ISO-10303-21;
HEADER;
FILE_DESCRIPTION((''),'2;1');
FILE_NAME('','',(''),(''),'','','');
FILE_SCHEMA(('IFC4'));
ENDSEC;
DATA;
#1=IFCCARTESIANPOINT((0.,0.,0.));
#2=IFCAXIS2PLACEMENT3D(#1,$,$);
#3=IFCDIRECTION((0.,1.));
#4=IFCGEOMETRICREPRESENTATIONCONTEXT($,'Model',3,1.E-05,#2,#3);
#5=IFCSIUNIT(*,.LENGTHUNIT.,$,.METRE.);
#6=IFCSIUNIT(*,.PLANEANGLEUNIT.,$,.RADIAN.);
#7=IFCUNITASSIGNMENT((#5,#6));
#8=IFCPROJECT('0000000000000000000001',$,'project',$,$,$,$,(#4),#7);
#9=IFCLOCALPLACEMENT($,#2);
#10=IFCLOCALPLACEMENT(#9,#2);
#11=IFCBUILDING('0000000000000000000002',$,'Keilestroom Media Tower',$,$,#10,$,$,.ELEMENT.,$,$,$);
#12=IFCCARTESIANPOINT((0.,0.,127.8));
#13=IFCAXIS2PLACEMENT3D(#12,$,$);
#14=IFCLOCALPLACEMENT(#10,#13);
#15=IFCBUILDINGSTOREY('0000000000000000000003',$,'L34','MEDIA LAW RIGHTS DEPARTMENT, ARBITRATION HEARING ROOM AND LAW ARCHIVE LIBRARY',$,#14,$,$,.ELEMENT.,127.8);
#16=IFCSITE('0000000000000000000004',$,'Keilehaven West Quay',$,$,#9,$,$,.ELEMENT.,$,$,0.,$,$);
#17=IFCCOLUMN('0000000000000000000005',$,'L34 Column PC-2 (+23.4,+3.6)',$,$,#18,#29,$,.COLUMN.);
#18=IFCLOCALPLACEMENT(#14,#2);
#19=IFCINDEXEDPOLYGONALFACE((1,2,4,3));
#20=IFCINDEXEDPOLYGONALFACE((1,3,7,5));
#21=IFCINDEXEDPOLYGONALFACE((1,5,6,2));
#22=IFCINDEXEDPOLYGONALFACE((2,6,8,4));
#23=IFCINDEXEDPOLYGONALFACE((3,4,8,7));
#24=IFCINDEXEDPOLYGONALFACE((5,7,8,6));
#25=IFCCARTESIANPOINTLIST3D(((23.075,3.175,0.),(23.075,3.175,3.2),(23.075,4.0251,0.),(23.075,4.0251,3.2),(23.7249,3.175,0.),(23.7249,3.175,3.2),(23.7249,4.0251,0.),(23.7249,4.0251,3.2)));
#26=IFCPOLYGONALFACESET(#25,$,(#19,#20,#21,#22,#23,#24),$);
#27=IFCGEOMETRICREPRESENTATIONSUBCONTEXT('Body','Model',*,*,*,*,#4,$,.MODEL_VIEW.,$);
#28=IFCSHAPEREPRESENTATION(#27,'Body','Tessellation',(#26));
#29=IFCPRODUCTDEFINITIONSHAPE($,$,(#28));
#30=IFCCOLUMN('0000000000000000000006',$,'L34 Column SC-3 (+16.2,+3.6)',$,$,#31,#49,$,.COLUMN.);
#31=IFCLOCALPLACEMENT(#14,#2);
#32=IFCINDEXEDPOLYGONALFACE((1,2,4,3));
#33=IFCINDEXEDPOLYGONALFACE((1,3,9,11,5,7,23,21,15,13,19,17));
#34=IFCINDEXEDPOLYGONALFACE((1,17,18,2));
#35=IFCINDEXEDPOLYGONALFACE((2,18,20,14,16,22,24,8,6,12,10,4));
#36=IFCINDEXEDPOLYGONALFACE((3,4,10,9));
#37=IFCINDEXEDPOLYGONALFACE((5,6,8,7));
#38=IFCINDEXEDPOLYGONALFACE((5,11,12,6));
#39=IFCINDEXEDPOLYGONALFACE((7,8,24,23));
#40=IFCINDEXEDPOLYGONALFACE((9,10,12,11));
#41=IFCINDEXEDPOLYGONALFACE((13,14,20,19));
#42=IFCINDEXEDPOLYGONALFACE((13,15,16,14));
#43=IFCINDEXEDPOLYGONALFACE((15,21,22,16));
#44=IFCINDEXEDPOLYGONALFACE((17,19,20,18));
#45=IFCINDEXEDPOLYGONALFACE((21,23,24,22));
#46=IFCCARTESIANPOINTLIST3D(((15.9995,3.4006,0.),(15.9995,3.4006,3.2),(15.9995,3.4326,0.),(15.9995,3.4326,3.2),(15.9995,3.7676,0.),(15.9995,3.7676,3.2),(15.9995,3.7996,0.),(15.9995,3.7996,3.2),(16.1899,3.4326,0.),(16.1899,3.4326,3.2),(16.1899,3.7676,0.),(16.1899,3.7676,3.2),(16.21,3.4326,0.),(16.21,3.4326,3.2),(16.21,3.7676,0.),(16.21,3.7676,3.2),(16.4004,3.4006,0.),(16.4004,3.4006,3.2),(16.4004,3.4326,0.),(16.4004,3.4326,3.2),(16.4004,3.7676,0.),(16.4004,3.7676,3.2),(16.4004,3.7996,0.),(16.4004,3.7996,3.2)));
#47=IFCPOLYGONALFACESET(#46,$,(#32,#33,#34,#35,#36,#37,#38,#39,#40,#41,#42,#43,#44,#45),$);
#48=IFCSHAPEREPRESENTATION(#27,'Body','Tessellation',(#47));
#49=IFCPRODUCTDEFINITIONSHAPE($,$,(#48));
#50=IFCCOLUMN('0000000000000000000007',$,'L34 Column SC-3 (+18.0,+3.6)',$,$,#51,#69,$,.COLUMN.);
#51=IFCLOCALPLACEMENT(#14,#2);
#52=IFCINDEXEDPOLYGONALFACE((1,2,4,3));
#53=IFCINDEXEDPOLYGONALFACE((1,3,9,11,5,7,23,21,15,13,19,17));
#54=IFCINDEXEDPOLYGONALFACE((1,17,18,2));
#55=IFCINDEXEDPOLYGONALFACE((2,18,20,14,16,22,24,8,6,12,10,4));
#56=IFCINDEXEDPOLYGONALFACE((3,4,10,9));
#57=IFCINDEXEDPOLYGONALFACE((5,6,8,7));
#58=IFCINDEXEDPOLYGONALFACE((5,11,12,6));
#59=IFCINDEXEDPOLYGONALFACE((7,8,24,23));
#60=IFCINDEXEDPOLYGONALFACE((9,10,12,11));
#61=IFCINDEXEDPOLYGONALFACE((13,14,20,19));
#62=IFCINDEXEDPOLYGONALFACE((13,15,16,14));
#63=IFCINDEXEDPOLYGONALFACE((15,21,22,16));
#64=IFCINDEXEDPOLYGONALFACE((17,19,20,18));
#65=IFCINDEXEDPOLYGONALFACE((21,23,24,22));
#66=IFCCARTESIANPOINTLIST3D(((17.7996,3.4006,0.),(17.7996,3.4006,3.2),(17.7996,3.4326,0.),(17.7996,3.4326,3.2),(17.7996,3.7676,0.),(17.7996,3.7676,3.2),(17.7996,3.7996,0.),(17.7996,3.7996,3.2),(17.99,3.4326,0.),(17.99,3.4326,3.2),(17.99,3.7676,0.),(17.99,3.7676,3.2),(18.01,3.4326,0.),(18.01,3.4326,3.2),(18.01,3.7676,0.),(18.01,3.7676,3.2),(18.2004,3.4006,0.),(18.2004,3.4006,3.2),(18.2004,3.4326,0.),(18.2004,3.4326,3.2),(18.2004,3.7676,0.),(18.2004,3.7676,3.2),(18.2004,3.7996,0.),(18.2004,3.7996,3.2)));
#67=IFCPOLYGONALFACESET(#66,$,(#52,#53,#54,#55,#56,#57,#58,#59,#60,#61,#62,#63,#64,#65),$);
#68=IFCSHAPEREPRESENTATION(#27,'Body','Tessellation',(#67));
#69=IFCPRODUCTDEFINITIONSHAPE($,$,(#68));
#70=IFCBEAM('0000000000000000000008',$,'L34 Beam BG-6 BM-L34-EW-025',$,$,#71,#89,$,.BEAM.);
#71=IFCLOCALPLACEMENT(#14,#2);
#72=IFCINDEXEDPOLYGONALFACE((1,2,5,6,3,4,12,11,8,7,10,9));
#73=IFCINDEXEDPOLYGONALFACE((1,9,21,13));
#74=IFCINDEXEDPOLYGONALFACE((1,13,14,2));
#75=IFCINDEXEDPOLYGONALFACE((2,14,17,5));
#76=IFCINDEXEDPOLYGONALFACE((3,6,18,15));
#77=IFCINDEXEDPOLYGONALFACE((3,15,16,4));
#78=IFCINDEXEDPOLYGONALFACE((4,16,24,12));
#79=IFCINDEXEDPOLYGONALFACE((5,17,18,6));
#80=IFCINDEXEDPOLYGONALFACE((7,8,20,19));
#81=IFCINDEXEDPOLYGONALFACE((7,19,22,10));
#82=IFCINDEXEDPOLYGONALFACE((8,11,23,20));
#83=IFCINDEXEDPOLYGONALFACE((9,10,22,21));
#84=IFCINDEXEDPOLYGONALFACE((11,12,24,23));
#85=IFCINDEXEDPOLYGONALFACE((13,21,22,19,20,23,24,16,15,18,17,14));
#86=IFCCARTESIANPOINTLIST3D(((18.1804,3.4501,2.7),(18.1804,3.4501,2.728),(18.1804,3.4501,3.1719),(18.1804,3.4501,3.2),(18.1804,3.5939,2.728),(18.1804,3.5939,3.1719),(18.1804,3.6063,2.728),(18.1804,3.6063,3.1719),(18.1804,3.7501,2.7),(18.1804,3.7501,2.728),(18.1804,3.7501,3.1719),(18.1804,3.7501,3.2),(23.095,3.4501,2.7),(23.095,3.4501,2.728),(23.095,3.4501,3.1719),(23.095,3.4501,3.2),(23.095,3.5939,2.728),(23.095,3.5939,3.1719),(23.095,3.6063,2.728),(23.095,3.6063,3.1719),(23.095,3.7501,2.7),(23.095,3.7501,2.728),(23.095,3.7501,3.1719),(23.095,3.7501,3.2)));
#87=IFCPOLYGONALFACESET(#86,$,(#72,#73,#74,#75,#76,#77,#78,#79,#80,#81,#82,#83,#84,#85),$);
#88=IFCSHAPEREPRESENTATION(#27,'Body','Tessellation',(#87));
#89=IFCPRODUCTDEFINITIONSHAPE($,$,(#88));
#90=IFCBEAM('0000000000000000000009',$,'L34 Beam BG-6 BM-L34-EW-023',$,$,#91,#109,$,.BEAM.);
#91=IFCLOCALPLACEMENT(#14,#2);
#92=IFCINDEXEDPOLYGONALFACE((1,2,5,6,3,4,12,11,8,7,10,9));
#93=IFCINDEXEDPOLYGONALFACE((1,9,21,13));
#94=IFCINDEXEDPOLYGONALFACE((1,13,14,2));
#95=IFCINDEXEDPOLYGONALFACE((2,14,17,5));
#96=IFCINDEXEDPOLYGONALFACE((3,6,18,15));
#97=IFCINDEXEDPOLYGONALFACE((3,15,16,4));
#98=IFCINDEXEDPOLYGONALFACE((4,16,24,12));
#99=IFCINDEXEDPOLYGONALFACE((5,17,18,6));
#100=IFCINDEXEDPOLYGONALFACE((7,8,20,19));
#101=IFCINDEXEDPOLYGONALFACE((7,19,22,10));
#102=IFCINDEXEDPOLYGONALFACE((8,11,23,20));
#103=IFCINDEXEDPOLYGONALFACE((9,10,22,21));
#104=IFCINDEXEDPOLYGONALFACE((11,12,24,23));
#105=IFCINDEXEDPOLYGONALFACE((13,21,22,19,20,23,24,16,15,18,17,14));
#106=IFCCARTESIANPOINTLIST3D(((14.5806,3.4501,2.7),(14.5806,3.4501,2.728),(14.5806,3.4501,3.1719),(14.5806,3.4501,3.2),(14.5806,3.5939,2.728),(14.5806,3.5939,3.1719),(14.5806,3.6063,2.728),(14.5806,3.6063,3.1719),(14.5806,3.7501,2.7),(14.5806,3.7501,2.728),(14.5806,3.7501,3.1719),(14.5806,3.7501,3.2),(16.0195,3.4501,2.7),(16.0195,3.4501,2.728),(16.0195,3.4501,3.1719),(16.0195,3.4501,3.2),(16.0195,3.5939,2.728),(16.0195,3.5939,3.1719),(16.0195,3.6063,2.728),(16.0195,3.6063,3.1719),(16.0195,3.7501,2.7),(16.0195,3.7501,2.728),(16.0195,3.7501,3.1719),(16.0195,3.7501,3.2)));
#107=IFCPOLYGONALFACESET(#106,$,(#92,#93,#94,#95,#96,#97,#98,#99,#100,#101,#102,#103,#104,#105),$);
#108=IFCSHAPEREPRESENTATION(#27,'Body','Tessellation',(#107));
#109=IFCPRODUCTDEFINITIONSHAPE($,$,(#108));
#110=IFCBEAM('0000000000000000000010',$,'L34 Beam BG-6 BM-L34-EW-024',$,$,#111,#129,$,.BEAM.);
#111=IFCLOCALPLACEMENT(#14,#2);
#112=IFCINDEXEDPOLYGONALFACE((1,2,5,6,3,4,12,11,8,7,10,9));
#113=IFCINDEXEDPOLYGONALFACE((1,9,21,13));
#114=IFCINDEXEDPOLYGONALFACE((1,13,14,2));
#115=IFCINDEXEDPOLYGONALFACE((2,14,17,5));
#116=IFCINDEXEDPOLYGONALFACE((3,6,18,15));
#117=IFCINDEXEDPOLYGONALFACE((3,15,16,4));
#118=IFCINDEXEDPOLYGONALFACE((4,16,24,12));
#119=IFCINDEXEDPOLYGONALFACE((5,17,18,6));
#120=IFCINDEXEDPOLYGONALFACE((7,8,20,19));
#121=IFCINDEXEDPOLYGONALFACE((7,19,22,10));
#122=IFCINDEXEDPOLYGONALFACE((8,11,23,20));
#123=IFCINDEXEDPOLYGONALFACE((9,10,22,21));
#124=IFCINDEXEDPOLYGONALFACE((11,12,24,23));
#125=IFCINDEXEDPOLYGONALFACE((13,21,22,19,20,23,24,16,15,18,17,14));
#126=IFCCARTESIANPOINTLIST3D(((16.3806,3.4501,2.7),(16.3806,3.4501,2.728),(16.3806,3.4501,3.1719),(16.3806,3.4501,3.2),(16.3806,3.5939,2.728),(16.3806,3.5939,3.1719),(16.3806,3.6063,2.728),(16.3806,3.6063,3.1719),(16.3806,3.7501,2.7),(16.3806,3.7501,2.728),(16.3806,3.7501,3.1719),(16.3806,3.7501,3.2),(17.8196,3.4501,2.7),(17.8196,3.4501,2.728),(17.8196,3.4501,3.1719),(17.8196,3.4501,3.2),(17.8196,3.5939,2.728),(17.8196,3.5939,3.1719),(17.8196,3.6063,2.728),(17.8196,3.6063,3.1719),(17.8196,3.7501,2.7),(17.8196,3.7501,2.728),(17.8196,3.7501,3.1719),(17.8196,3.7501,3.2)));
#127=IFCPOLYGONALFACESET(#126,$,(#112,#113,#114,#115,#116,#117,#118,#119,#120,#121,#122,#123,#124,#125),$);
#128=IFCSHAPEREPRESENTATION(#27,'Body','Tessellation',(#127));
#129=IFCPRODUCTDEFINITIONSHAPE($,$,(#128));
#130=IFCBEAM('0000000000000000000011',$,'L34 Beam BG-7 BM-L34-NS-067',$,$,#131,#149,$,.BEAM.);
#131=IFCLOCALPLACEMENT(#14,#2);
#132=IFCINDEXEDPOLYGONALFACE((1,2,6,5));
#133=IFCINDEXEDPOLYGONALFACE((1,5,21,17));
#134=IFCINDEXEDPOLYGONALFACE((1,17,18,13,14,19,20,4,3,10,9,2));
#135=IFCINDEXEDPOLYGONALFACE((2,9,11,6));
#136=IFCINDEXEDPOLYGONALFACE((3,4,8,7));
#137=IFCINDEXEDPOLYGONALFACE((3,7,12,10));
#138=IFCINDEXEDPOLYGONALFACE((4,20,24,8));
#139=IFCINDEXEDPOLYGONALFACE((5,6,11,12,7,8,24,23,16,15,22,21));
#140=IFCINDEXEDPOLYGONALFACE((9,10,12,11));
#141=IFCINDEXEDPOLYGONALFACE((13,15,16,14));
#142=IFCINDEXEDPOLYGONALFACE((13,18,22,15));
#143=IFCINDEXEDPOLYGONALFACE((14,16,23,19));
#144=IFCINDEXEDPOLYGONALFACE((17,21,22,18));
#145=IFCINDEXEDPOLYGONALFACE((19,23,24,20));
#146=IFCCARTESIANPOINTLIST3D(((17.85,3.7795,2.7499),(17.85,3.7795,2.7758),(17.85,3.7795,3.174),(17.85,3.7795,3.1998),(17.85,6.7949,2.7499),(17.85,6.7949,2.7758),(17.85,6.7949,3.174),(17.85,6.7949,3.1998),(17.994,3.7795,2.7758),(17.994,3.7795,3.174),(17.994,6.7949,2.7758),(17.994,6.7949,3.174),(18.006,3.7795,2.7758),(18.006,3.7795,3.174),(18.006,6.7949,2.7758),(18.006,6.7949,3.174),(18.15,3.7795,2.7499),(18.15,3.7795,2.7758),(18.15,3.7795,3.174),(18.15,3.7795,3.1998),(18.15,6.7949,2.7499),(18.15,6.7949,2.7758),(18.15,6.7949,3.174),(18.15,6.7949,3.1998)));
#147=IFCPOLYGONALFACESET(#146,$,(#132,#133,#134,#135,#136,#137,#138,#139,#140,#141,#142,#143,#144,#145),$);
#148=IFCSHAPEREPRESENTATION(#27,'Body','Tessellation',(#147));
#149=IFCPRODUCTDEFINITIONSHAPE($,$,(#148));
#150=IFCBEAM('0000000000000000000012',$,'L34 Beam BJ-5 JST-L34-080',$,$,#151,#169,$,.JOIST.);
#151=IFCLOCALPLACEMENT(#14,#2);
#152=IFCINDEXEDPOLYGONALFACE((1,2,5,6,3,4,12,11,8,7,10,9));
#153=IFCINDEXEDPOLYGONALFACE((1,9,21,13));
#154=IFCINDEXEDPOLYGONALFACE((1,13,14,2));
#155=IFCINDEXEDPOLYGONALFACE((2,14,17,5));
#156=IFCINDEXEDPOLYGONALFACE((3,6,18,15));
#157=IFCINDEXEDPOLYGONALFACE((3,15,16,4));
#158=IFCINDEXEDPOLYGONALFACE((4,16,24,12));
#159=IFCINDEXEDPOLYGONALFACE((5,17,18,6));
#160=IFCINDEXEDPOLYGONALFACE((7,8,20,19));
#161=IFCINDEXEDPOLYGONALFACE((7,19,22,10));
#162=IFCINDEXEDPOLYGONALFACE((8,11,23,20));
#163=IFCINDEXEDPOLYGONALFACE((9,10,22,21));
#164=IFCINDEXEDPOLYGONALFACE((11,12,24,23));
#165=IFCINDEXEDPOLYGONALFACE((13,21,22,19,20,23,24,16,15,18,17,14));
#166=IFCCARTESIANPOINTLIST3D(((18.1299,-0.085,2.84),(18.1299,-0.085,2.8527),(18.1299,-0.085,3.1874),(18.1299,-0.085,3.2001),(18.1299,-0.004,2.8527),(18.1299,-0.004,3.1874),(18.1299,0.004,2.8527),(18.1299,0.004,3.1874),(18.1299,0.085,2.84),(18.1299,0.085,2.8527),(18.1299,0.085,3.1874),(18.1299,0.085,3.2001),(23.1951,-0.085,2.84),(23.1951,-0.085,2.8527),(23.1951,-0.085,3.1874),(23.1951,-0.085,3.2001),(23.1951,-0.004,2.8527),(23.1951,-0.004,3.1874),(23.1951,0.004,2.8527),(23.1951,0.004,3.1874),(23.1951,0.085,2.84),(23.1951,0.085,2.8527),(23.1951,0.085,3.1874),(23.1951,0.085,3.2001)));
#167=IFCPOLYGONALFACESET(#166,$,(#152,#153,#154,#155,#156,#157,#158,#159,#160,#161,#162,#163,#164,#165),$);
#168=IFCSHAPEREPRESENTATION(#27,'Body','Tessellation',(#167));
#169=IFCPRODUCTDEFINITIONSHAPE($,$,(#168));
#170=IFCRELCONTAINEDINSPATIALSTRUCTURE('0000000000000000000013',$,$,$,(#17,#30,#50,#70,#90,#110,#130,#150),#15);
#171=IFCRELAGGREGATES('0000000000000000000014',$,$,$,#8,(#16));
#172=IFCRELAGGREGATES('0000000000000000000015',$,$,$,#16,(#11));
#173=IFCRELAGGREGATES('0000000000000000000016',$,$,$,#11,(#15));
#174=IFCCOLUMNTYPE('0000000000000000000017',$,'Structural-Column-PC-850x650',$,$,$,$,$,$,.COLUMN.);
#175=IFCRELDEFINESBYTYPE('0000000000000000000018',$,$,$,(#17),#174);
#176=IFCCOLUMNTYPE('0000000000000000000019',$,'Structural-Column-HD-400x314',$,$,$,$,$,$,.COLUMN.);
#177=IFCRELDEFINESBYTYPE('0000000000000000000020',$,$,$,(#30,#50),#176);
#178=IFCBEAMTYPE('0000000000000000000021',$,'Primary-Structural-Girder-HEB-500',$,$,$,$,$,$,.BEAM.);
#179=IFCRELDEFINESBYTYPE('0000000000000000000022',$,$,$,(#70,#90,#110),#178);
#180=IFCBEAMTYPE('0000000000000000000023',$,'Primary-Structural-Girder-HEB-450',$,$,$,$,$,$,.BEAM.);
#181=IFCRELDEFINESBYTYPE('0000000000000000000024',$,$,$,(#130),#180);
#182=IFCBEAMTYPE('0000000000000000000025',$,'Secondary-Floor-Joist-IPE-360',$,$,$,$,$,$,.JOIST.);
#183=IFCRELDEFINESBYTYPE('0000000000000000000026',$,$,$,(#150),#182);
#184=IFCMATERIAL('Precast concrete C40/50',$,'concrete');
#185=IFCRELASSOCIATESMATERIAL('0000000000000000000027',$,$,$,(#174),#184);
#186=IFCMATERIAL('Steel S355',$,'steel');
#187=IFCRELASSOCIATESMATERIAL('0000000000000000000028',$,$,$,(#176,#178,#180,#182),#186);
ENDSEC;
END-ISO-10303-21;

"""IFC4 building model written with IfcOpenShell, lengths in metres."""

from ifc_helpers import new_model, si_unit, direction, frame, origin, origin_2d, place, context, subcontext, project, spatial, rectangle, i_section, extrude, source, transform, mapped, material, material_profile, profile_set, type_object, element, save


model = new_model("IFC4")

# Units and contexts
model_context = context("Model", 3, precision=1e-05, world=origin(), true_north=direction((0.0, 1.0)))
body_context = subcontext(model_context, "Body", "Model", "MODEL_VIEW")
ifc_project = project(units=[si_unit("LENGTHUNIT", "METRE"), si_unit("PLANEANGLEUNIT", "RADIAN")], contexts=[model_context])

# Site, building, storey
site_placement = place(None, origin())
site = spatial("IfcSite", under=ifc_project, at=site_placement, Name="Keilehaven West Quay", CompositionType="ELEMENT", RefElevation=0.0)
building_placement = place(site_placement, origin())
building = spatial("IfcBuilding", under=site, at=building_placement, Name="Keilestroom Media Tower", CompositionType="ELEMENT")
storey_placement = place(building_placement, frame((0.0, 0.0, 127.8)))
storey = spatial("IfcBuildingStorey", under=building, at=storey_placement, Name="L34", Description="MEDIA LAW RIGHTS DEPARTMENT, ARBITRATION HEARING ROOM AND LAW ARCHIVE LIBRARY", CompositionType="ELEMENT", Elevation=127.8)

# Columns
ifc_material_1 = material(Name="Precast concrete C40/50", Category="concrete")
ifc_material_profile_1 = material_profile(ifc_material_1, rectangle(XDim=0.6499, YDim=0.8501, at=origin_2d()), Name="PC 850x650")
ifc_profile_set_1 = profile_set([ifc_material_profile_1], Name="Precast concrete C40/50")
column_type_1 = type_object("IfcColumnType", Name="Structural-Column-PC-850x650", PredefinedType="COLUMN", material=ifc_profile_set_1)
shared_shape_1 = source(origin(), body_context, "Body", "SweptSolid", [
    extrude(rectangle(XDim=0.6499, YDim=0.8501, at=origin_2d()), origin(), (0.0, 0.0, 1.0), 3.2),
])
column_placement = place(storey_placement, frame((23.3999, 3.6001, 0.0), z_axis=(0.0, 0.0, 1.0), x_axis=(1.0, 0.0, 0.0)))
element("IfcColumn", 1, at=column_placement, inside=storey, type_object=column_type_1, Name="L34 Column PC-2 (+23.4,+3.6)", PredefinedType="COLUMN", context=body_context, shape_type="MappedRepresentation", body=[
    mapped(shared_shape_1, transform((0.0, 0.0, 0.0), x_axis=(1.0, 0.0, 0.0), y_axis=(0.0, 1.0, 0.0), z_axis=(0.0, 0.0, 1.0), scale=1.0)),
])
ifc_material_2 = material(Name="Steel S355", Category="steel")
ifc_material_profile_2 = material_profile(ifc_material_2, i_section(OverallWidth=0.4009, OverallDepth=0.3989, WebThickness=0.02, FlangeThickness=0.032, at=origin_2d()), Name="HD 400x314")
ifc_profile_set_2 = profile_set([ifc_material_profile_2], Name="Steel S355")
column_type_2 = type_object("IfcColumnType", Name="Structural-Column-HD-400x314", PredefinedType="COLUMN", material=ifc_profile_set_2)
shared_shape_2 = source(origin(), body_context, "Body", "SweptSolid", [
    extrude(i_section(OverallWidth=0.4009, OverallDepth=0.3989, WebThickness=0.02, FlangeThickness=0.032, at=origin_2d()), origin(), (0.0, 0.0, 1.0), 3.2),
])
for number, where, z_axis, x_axis, name in (
    (2, (16.2, 3.6001, 0.0), (0.0, 0.0, 1.0), (1.0, 0.0, 0.0), "L34 Column SC-3 (+16.2,+3.6)"),
    (3, (18.0, 3.6001, 0.0), (0.0, 0.0, 1.0), (1.0, 0.0, 0.0), "L34 Column SC-3 (+18.0,+3.6)"),
):
    element("IfcColumn", number, at=place(storey_placement, frame(where, z_axis=z_axis, x_axis=x_axis)), inside=storey, type_object=column_type_2, Name=name, PredefinedType="COLUMN", context=body_context, shape_type="MappedRepresentation", body=[
        mapped(shared_shape_2, transform((0.0, 0.0, 0.0), x_axis=(1.0, 0.0, 0.0), y_axis=(0.0, 1.0, 0.0), z_axis=(0.0, 0.0, 1.0), scale=1.0)),
    ])

# Beams
ifc_material_profile_3 = material_profile(ifc_material_2, i_section(OverallWidth=0.3, OverallDepth=0.5, WebThickness=0.0125, FlangeThickness=0.0281, at=origin_2d()), Name="HEB 500")
ifc_profile_set_3 = profile_set([ifc_material_profile_3], Name="Steel S355")
beam_type_1 = type_object("IfcBeamType", Name="Primary-Structural-Girder-HEB-500", PredefinedType="BEAM", material=ifc_profile_set_3)
shared_shape_3 = source(origin(), body_context, "Body", "SweptSolid", [
    extrude(i_section(OverallWidth=0.3, OverallDepth=0.5, WebThickness=0.0125, FlangeThickness=0.0281, at=origin_2d()), origin(), (0.0, 0.0, 1.0), 4.9146),
])
beam_1_placement = place(storey_placement, frame((18.1804, 3.6001, 2.95), z_axis=(1.0, 0.0, 0.0), x_axis=(0.0, 1.0, 0.0)))
element("IfcBeam", 4, at=beam_1_placement, inside=storey, type_object=beam_type_1, Name="L34 Beam BG-6 BM-L34-EW-025", PredefinedType="BEAM", context=body_context, shape_type="MappedRepresentation", body=[
    mapped(shared_shape_3, transform((0.0, 0.0, 0.0), x_axis=(1.0, 0.0, 0.0), y_axis=(0.0, 1.0, 0.0), z_axis=(0.0, 0.0, 1.0), scale=1.0)),
])
shared_shape_4 = source(origin(), body_context, "Body", "SweptSolid", [
    extrude(i_section(OverallWidth=0.3, OverallDepth=0.5, WebThickness=0.0125, FlangeThickness=0.0281, at=origin_2d()), origin(), (0.0, 0.0, 1.0), 1.439),
])
for number, where, z_axis, x_axis, name in (
    (5, (14.5806, 3.6001, 2.95), (1.0, 0.0, 0.0), (0.0, 1.0, 0.0), "L34 Beam BG-6 BM-L34-EW-023"),
    (6, (16.3806, 3.6001, 2.95), (1.0, 0.0, 0.0), (0.0, 1.0, 0.0), "L34 Beam BG-6 BM-L34-EW-024"),
):
    element("IfcBeam", number, at=place(storey_placement, frame(where, z_axis=z_axis, x_axis=x_axis)), inside=storey, type_object=beam_type_1, Name=name, PredefinedType="BEAM", context=body_context, shape_type="MappedRepresentation", body=[
        mapped(shared_shape_4, transform((0.0, 0.0, 0.0), x_axis=(1.0, 0.0, 0.0), y_axis=(0.0, 1.0, 0.0), z_axis=(0.0, 0.0, 1.0), scale=1.0)),
    ])
ifc_material_profile_4 = material_profile(ifc_material_2, i_section(OverallWidth=0.3, OverallDepth=0.45, WebThickness=0.012, FlangeThickness=0.0259, at=origin_2d()), Name="HEB 450")
ifc_profile_set_4 = profile_set([ifc_material_profile_4], Name="Steel S355")
beam_type_2 = type_object("IfcBeamType", Name="Primary-Structural-Girder-HEB-450", PredefinedType="BEAM", material=ifc_profile_set_4)
shared_shape_5 = source(origin(), body_context, "Body", "SweptSolid", [
    extrude(i_section(OverallWidth=0.3, OverallDepth=0.45, WebThickness=0.012, FlangeThickness=0.0259, at=origin_2d()), origin(), (0.0, 0.0, 1.0), 3.0154),
])
beam_2_placement = place(storey_placement, frame((18.0, 3.7795, 2.9749), z_axis=(0.0, 1.0, 0.0), x_axis=(-1.0, 0.0, 0.0)))
element("IfcBeam", 7, at=beam_2_placement, inside=storey, type_object=beam_type_2, Name="L34 Beam BG-7 BM-L34-NS-067", PredefinedType="BEAM", context=body_context, shape_type="MappedRepresentation", body=[
    mapped(shared_shape_5, transform((0.0, 0.0, 0.0), x_axis=(1.0, 0.0, 0.0), y_axis=(0.0, 1.0, 0.0), z_axis=(0.0, 0.0, 1.0), scale=1.0)),
])
ifc_material_profile_5 = material_profile(ifc_material_2, i_section(OverallWidth=0.1699, OverallDepth=0.3601, WebThickness=0.0081, FlangeThickness=0.0127, at=origin_2d()), Name="IPE 360")
ifc_profile_set_5 = profile_set([ifc_material_profile_5], Name="Steel S355")
beam_type_3 = type_object("IfcBeamType", Name="Secondary-Floor-Joist-IPE-360", PredefinedType="JOIST", material=ifc_profile_set_5)
shared_shape_6 = source(origin(), body_context, "Body", "SweptSolid", [
    extrude(i_section(OverallWidth=0.1699, OverallDepth=0.3601, WebThickness=0.0081, FlangeThickness=0.0127, at=origin_2d()), origin(), (0.0, 0.0, 1.0), 5.0652),
])
for number, where, z_axis, x_axis, name in (
    (8, (18.1299, 0.0, 3.02), (1.0, 0.0, 0.0), (0.0, 1.0, 0.0), "L34 Beam BJ-5 JST-L34-080"),
):
    element("IfcBeam", number, at=place(storey_placement, frame(where, z_axis=z_axis, x_axis=x_axis)), inside=storey, type_object=beam_type_3, Name=name, PredefinedType="JOIST", context=body_context, shape_type="MappedRepresentation", body=[
        mapped(shared_shape_6, transform((0.0, 0.0, 0.0), x_axis=(1.0, 0.0, 0.0), y_axis=(0.0, 1.0, 0.0), z_axis=(0.0, 0.0, 1.0), scale=1.0)),
    ])

save(model, "model.ifc")
